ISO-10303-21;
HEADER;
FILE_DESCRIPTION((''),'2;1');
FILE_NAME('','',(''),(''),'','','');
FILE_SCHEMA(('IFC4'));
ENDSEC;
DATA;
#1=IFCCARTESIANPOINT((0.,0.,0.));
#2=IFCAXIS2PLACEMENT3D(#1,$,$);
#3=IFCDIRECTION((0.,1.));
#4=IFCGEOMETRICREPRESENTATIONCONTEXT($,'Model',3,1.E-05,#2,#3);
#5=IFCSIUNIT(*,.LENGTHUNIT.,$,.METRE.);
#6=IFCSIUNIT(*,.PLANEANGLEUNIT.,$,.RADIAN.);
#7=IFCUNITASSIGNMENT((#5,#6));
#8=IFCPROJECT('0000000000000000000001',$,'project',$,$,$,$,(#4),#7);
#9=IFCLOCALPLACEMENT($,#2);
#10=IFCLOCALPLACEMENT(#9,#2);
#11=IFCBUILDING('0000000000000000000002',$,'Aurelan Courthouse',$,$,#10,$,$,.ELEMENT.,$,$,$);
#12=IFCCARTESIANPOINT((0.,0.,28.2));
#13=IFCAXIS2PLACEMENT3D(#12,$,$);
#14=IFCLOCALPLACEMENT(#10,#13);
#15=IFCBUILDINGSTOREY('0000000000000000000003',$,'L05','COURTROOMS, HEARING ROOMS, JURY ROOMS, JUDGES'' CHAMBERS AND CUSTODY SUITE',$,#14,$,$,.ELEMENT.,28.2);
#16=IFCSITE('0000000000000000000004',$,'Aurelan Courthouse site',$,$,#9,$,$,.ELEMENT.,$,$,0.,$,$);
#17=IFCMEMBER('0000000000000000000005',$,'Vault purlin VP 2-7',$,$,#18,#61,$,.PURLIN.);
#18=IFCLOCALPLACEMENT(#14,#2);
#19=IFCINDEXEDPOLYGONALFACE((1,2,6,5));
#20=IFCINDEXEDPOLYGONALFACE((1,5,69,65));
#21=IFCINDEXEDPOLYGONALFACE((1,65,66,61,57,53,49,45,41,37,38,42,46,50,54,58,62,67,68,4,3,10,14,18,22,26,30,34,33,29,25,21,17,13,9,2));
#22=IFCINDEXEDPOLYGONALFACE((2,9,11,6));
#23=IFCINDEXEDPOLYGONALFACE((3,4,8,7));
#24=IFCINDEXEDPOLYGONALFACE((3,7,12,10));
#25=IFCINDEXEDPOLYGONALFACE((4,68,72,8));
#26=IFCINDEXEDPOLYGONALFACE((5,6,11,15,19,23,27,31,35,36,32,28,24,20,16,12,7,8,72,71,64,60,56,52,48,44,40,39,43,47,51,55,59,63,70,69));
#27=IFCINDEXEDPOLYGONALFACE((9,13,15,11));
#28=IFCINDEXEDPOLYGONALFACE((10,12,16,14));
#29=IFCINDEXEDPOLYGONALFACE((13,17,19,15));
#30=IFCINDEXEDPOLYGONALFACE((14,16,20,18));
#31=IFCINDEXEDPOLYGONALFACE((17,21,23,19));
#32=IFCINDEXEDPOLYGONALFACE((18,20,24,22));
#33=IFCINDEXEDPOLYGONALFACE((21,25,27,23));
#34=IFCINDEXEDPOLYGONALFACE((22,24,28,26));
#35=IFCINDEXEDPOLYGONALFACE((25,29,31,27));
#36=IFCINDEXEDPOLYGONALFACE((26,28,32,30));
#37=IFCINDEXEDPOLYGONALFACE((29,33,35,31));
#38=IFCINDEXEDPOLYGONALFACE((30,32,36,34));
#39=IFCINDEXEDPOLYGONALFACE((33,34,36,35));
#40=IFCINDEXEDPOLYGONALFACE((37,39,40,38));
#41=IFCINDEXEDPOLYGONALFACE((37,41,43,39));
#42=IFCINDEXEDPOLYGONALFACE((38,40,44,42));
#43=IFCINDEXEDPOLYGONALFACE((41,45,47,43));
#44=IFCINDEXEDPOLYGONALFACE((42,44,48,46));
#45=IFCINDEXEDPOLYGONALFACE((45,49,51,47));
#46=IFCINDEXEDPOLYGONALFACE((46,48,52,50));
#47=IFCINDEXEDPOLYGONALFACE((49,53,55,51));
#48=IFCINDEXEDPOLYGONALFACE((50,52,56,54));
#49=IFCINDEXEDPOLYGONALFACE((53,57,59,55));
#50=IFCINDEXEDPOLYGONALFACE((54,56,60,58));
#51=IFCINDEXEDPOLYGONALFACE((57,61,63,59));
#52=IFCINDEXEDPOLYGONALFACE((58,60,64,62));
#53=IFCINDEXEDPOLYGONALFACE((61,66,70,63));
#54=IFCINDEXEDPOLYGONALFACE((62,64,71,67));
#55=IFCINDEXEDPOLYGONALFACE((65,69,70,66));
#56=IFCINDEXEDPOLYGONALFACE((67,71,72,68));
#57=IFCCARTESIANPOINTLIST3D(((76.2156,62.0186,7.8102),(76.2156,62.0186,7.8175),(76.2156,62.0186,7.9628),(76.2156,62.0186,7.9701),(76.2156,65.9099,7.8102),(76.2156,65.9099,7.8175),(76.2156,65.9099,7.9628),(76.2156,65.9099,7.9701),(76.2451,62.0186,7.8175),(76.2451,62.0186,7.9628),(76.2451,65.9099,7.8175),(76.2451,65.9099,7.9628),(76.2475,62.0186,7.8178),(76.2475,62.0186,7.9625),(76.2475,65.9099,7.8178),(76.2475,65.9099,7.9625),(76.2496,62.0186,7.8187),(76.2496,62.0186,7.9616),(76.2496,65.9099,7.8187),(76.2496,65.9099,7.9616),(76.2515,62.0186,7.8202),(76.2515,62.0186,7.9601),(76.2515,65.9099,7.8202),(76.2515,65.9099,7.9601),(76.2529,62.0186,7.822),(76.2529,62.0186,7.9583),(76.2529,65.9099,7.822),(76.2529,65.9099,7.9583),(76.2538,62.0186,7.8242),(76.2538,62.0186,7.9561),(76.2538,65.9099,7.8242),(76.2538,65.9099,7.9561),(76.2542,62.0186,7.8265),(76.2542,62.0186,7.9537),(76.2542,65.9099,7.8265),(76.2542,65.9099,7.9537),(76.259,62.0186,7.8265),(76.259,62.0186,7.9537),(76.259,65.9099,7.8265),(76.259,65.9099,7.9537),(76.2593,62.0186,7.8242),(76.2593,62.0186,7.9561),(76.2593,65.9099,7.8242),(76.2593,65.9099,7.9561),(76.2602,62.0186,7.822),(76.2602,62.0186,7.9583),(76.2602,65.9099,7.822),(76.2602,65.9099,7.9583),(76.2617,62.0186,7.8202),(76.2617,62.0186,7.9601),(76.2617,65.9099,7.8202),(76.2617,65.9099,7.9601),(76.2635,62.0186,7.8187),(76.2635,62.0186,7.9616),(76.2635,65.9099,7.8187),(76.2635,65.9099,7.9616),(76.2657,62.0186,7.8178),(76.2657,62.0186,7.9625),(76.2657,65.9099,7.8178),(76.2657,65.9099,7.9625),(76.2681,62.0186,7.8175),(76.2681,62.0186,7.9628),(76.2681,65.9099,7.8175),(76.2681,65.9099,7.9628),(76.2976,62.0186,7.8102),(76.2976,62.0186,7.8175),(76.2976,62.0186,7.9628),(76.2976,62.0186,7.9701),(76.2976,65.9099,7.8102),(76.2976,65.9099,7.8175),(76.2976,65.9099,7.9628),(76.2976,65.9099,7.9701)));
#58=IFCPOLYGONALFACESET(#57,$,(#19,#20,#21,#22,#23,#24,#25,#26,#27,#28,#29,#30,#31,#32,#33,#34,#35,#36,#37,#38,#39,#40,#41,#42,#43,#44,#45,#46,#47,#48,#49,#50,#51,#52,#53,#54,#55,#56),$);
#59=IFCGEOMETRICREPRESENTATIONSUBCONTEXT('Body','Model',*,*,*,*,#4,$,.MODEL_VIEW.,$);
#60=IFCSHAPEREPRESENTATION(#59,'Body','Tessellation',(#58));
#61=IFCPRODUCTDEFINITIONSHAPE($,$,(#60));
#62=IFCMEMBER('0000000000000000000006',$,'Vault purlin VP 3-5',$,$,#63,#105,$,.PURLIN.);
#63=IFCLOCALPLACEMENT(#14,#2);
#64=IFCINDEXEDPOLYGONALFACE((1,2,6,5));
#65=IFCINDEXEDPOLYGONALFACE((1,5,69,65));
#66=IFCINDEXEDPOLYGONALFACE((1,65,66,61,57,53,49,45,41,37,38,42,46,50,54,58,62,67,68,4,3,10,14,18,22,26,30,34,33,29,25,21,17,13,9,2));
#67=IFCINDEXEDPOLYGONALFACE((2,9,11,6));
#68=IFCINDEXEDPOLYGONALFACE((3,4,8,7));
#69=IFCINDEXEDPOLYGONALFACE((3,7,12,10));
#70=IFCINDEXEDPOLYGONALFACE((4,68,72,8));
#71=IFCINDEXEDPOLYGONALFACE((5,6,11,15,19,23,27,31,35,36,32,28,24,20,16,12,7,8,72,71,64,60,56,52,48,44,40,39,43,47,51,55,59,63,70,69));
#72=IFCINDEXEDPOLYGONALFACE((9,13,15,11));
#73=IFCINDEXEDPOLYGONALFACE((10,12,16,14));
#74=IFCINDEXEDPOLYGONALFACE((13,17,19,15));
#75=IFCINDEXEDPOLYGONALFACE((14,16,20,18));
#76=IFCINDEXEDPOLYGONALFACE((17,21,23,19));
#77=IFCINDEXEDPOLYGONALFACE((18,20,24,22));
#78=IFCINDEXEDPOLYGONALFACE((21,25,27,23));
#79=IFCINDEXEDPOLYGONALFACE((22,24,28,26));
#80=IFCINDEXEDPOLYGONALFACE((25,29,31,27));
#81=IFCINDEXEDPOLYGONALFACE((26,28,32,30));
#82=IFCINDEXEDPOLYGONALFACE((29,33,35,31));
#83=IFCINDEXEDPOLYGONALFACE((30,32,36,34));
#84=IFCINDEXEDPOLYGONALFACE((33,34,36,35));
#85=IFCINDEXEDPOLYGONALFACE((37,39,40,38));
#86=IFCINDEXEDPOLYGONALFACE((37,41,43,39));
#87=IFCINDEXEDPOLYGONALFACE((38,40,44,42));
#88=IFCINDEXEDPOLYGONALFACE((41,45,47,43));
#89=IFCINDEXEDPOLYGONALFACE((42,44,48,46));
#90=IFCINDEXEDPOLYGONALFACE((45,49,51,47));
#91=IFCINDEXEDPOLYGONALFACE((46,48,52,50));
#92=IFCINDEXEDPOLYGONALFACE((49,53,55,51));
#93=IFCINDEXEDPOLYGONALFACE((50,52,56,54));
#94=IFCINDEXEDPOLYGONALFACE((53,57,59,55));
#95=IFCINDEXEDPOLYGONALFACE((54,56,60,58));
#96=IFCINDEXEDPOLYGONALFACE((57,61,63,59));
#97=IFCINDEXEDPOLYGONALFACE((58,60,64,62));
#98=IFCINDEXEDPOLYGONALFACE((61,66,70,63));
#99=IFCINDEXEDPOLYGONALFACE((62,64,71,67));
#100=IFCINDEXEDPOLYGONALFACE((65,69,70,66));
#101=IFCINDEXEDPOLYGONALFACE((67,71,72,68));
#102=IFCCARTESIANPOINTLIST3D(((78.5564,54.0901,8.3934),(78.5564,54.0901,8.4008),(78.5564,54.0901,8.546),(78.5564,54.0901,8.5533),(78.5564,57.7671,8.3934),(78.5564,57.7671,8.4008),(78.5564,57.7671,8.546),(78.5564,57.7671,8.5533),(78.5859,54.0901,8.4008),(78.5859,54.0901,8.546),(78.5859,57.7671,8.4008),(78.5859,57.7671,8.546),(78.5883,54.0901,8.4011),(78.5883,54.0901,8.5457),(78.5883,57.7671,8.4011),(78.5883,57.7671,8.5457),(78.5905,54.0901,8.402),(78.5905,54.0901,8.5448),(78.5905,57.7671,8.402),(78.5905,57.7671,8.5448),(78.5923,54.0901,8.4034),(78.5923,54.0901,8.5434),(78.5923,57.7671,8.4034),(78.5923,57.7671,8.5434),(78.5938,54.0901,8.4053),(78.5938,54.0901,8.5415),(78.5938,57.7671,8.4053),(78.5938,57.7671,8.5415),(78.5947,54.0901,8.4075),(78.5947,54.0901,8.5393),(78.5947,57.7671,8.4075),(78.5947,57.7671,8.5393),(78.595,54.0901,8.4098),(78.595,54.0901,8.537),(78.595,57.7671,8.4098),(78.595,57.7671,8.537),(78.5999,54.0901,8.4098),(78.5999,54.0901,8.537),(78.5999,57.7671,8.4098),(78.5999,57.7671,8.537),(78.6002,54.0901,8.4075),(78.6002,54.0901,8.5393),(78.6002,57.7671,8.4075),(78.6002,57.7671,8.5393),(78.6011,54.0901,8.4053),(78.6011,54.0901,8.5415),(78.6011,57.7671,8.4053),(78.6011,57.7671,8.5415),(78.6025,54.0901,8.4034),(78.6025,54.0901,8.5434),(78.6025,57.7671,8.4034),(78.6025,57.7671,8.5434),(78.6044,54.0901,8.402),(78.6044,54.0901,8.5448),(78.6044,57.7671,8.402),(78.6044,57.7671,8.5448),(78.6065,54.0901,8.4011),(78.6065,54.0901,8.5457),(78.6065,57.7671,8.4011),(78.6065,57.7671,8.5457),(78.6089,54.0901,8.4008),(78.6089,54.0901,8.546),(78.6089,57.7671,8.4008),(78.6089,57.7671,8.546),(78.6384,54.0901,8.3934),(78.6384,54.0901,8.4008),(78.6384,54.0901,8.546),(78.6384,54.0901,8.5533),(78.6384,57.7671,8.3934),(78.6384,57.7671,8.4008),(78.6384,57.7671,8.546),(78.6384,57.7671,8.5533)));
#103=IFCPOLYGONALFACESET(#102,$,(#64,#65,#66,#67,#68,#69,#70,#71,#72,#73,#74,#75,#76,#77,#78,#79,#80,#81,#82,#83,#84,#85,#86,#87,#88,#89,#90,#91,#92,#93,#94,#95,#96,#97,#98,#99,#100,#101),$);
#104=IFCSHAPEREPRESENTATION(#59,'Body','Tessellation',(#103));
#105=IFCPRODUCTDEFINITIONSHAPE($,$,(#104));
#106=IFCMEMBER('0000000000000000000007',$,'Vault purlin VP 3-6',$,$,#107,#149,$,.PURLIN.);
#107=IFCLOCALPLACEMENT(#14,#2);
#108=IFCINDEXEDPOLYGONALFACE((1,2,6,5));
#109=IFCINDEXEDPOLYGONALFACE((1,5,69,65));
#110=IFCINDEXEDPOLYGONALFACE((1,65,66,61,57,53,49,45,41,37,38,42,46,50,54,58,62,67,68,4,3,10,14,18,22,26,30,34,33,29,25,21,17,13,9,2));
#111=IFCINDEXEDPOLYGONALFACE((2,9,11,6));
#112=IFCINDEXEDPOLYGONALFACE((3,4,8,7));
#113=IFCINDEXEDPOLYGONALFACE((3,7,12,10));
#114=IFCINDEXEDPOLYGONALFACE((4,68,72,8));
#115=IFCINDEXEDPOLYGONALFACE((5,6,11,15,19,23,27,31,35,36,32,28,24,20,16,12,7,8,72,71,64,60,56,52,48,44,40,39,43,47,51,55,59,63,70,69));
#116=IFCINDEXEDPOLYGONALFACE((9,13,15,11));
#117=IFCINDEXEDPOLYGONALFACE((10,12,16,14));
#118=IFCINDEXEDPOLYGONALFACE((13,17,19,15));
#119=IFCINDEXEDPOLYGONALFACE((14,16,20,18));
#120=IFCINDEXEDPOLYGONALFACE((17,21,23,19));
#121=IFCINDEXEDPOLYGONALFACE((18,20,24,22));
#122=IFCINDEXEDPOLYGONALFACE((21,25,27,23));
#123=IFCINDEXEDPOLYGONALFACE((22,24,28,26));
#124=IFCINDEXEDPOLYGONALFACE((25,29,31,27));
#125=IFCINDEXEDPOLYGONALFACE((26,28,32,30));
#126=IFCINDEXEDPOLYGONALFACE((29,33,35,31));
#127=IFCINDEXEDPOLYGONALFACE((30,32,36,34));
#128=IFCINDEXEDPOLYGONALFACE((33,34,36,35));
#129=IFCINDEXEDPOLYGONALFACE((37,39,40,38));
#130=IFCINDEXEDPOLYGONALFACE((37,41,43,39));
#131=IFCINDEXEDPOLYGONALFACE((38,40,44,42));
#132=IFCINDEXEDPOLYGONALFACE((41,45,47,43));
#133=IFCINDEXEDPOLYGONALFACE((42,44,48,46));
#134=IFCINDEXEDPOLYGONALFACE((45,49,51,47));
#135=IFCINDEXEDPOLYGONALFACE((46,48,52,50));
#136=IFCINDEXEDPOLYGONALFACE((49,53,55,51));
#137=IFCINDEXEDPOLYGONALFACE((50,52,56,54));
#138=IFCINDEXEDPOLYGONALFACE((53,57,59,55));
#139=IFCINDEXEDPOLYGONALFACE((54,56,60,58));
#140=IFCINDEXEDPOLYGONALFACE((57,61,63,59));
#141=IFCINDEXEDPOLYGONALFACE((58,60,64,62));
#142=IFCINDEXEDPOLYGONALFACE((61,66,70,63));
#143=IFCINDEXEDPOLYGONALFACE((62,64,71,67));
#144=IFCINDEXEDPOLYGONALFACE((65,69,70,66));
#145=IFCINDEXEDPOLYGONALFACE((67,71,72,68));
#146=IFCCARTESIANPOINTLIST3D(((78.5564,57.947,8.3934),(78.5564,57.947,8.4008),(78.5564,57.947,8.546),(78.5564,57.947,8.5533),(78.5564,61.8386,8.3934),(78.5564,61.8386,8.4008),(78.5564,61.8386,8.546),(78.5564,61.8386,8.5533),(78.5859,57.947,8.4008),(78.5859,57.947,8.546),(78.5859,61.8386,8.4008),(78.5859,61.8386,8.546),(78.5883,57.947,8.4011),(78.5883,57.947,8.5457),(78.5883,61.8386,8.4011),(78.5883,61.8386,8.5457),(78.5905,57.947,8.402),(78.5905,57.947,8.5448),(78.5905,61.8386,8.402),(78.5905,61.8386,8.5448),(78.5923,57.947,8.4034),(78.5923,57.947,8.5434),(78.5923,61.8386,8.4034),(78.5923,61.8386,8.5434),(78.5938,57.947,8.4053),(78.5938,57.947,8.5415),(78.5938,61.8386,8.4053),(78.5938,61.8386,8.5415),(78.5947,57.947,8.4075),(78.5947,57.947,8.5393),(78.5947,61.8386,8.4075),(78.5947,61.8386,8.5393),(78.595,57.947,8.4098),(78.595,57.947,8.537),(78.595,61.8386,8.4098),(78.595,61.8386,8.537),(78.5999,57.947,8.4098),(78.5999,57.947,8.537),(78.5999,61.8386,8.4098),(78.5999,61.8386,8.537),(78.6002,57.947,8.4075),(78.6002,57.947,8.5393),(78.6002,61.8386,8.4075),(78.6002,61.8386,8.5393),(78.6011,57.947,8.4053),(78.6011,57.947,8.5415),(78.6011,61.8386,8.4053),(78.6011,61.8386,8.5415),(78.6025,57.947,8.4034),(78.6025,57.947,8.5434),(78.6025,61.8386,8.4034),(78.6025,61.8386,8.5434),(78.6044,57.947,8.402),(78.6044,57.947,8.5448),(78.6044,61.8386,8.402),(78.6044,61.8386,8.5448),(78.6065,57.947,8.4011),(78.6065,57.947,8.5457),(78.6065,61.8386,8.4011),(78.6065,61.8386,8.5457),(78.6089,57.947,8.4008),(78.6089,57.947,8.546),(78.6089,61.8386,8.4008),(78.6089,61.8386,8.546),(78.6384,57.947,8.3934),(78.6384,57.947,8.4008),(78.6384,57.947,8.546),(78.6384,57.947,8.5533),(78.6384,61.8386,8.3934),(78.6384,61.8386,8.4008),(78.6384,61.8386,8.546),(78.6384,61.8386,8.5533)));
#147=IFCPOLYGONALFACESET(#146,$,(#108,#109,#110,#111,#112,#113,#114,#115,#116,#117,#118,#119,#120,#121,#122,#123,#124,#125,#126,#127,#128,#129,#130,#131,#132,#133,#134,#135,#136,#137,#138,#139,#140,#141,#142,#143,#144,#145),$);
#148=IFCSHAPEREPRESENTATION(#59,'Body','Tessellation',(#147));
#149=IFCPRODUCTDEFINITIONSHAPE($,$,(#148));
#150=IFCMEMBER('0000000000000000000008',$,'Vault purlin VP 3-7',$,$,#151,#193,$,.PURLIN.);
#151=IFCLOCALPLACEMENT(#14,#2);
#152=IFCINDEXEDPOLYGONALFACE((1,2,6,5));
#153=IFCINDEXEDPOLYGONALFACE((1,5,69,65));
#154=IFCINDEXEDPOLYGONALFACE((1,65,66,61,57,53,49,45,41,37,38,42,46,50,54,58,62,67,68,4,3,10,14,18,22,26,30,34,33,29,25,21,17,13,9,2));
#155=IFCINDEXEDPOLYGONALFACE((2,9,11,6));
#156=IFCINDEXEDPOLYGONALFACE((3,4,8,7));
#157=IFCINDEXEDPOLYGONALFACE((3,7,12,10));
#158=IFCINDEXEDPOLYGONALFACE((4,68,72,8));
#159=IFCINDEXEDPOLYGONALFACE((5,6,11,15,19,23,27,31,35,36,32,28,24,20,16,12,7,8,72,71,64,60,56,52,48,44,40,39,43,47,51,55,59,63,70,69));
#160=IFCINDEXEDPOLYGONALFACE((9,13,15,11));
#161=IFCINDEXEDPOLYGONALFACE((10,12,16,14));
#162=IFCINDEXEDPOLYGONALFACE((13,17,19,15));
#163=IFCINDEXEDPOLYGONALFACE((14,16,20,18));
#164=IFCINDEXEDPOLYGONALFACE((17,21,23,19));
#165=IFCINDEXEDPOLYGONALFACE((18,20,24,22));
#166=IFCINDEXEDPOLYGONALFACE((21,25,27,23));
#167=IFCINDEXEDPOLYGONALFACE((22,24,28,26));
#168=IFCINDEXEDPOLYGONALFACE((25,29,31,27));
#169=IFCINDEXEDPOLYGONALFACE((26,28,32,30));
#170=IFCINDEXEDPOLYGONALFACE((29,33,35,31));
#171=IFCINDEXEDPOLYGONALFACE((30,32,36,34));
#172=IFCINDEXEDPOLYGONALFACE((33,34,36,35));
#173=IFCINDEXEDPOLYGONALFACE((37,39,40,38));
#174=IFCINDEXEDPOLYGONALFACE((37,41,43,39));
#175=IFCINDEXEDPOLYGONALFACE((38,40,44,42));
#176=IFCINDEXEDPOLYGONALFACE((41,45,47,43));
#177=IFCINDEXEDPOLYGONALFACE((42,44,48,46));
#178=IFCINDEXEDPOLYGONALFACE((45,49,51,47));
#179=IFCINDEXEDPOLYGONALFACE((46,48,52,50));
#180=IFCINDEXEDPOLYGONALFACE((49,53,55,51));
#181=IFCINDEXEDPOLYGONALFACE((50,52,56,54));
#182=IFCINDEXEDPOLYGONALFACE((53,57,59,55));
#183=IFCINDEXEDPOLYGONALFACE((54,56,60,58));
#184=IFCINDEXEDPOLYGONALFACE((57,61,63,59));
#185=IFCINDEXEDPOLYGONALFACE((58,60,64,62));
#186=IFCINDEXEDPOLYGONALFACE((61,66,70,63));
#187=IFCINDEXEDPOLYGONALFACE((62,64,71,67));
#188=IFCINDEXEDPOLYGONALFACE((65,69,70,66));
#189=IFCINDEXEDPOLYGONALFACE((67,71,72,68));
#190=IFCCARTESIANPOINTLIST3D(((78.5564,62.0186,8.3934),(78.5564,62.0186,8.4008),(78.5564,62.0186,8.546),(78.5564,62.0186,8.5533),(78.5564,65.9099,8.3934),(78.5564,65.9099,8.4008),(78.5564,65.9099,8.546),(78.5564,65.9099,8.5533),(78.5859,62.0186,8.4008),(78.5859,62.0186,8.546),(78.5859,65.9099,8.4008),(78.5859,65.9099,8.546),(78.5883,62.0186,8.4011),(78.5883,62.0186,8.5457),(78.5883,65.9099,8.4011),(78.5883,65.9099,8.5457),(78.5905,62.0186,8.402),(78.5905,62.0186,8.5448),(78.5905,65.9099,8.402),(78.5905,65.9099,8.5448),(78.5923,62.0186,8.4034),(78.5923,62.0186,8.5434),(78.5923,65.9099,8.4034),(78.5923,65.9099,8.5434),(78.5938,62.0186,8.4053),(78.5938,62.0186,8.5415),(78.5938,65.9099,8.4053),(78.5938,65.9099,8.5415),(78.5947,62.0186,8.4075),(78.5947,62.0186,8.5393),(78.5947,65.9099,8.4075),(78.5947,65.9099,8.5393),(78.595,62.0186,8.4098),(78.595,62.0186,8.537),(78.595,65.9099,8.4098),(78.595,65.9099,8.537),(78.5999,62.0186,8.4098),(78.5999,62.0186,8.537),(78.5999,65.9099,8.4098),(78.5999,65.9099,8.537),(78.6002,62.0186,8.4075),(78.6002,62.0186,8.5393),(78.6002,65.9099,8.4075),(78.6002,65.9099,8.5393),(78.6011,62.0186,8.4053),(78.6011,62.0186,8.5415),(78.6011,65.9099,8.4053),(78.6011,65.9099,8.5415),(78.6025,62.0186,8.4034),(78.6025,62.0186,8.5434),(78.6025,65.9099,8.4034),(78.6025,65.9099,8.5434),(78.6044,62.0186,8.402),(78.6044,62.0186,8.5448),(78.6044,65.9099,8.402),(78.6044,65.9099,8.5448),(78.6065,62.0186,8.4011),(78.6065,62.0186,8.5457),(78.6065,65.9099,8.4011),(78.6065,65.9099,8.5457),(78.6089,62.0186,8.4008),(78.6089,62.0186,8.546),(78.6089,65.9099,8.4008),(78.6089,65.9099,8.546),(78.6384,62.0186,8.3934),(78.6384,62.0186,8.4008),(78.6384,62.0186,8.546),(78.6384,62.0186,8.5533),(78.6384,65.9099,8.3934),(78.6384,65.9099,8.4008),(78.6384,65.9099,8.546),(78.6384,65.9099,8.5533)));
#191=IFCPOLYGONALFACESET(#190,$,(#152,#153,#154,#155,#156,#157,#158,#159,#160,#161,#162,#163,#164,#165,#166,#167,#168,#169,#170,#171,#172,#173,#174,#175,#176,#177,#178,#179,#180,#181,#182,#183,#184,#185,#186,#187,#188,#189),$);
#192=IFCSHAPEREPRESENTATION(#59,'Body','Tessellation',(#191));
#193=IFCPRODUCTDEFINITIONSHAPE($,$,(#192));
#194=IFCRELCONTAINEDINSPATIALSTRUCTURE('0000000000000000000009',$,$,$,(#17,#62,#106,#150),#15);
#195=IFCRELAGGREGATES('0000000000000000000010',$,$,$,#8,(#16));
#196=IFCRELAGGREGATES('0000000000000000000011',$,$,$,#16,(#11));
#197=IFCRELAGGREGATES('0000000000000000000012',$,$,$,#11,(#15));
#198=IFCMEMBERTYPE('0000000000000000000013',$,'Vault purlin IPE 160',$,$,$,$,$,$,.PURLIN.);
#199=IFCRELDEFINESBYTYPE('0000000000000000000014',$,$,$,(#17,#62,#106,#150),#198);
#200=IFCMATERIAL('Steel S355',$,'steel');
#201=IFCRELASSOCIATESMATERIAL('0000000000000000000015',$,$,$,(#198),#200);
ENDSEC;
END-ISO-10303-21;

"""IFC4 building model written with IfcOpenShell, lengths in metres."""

from ifc_helpers import new_model, si_unit, direction, frame, origin, origin_2d, place, context, subcontext, project, spatial, i_section, extrude, material, material_profile, profile_set, type_object, element, save


model = new_model("IFC4")

# Units and contexts
model_context = context("Model", 3, precision=1e-05, world=origin(), true_north=direction((0.0, 1.0)))
body_context = subcontext(model_context, "Body", "Model", "MODEL_VIEW")
ifc_project = project(units=[si_unit("LENGTHUNIT", "METRE"), si_unit("PLANEANGLEUNIT", "RADIAN")], contexts=[model_context])

# Site, building, storey
site_placement = place(None, origin())
site = spatial("IfcSite", under=ifc_project, at=site_placement, Name="Aurelan Courthouse site", CompositionType="ELEMENT", RefElevation=0.0)
building_placement = place(site_placement, origin())
building = spatial("IfcBuilding", under=site, at=building_placement, Name="Aurelan Courthouse", CompositionType="ELEMENT")
storey_placement = place(building_placement, frame((0.0, 0.0, 28.2)))
storey = spatial("IfcBuildingStorey", under=building, at=storey_placement, Name="L05", Description="COURTROOMS, HEARING ROOMS, JURY ROOMS, JUDGES' CHAMBERS AND CUSTODY SUITE", CompositionType="ELEMENT", Elevation=28.2)

# Shared definitions
ifc_material_1 = material(Name="Steel S355", Category="steel")

# Members
ifc_material_profile_1 = material_profile(ifc_material_1, i_section(OverallWidth=0.082, OverallDepth=0.1599, WebThickness=0.0049, FlangeThickness=0.0073, FilletRadius=0.009, at=origin_2d()), Name="IPE 160")
ifc_profile_set_1 = profile_set([ifc_material_profile_1], Name="Steel S355")
member_type_1 = type_object("IfcMemberType", Name="Vault purlin IPE 160", PredefinedType="PURLIN", material=ifc_profile_set_1)
member_1_placement = place(storey_placement, frame((76.2566, 62.0186, 7.8901), z_axis=(0.0, 1.0, 0.0), x_axis=(-1.0, 0.0, 0.0)))
element("IfcMember", 1, at=member_1_placement, inside=storey, type_object=member_type_1, Name="Vault purlin VP 2-7", PredefinedType="PURLIN", context=body_context, shape_type="SweptSolid", body=[
    extrude(i_section(OverallWidth=0.082, OverallDepth=0.1599, WebThickness=0.0049, FlangeThickness=0.0073, FilletRadius=0.009, at=origin_2d()), origin(), (0.0, 0.0, 1.0), 3.8914),
])
member_2_placement = place(storey_placement, frame((78.5974, 54.0901, 8.4734), z_axis=(0.0, 1.0, 0.0), x_axis=(-1.0, 0.0, 0.0)))
element("IfcMember", 2, at=member_2_placement, inside=storey, type_object=member_type_1, Name="Vault purlin VP 3-5", PredefinedType="PURLIN", context=body_context, shape_type="SweptSolid", body=[
    extrude(i_section(OverallWidth=0.082, OverallDepth=0.1599, WebThickness=0.0049, FlangeThickness=0.0073, FilletRadius=0.009, at=origin_2d()), origin(), (0.0, 0.0, 1.0), 3.677),
])
member_3_placement = place(storey_placement, frame((78.5974, 57.947, 8.4734), z_axis=(0.0, 1.0, 0.0), x_axis=(-1.0, 0.0, 0.0)))
element("IfcMember", 3, at=member_3_placement, inside=storey, type_object=member_type_1, Name="Vault purlin VP 3-6", PredefinedType="PURLIN", context=body_context, shape_type="SweptSolid", body=[
    extrude(i_section(OverallWidth=0.082, OverallDepth=0.1599, WebThickness=0.0049, FlangeThickness=0.0073, FilletRadius=0.009, at=origin_2d()), origin(), (0.0, 0.0, 1.0), 3.8916),
])
member_4_placement = place(storey_placement, frame((78.5974, 62.0186, 8.4734), z_axis=(0.0, 1.0, 0.0), x_axis=(-1.0, 0.0, 0.0)))
element("IfcMember", 4, at=member_4_placement, inside=storey, type_object=member_type_1, Name="Vault purlin VP 3-7", PredefinedType="PURLIN", context=body_context, shape_type="SweptSolid", body=[
    extrude(i_section(OverallWidth=0.082, OverallDepth=0.1599, WebThickness=0.0049, FlangeThickness=0.0073, FilletRadius=0.009, at=origin_2d()), origin(), (0.0, 0.0, 1.0), 3.8914),
])

save(model, "model.ifc")
